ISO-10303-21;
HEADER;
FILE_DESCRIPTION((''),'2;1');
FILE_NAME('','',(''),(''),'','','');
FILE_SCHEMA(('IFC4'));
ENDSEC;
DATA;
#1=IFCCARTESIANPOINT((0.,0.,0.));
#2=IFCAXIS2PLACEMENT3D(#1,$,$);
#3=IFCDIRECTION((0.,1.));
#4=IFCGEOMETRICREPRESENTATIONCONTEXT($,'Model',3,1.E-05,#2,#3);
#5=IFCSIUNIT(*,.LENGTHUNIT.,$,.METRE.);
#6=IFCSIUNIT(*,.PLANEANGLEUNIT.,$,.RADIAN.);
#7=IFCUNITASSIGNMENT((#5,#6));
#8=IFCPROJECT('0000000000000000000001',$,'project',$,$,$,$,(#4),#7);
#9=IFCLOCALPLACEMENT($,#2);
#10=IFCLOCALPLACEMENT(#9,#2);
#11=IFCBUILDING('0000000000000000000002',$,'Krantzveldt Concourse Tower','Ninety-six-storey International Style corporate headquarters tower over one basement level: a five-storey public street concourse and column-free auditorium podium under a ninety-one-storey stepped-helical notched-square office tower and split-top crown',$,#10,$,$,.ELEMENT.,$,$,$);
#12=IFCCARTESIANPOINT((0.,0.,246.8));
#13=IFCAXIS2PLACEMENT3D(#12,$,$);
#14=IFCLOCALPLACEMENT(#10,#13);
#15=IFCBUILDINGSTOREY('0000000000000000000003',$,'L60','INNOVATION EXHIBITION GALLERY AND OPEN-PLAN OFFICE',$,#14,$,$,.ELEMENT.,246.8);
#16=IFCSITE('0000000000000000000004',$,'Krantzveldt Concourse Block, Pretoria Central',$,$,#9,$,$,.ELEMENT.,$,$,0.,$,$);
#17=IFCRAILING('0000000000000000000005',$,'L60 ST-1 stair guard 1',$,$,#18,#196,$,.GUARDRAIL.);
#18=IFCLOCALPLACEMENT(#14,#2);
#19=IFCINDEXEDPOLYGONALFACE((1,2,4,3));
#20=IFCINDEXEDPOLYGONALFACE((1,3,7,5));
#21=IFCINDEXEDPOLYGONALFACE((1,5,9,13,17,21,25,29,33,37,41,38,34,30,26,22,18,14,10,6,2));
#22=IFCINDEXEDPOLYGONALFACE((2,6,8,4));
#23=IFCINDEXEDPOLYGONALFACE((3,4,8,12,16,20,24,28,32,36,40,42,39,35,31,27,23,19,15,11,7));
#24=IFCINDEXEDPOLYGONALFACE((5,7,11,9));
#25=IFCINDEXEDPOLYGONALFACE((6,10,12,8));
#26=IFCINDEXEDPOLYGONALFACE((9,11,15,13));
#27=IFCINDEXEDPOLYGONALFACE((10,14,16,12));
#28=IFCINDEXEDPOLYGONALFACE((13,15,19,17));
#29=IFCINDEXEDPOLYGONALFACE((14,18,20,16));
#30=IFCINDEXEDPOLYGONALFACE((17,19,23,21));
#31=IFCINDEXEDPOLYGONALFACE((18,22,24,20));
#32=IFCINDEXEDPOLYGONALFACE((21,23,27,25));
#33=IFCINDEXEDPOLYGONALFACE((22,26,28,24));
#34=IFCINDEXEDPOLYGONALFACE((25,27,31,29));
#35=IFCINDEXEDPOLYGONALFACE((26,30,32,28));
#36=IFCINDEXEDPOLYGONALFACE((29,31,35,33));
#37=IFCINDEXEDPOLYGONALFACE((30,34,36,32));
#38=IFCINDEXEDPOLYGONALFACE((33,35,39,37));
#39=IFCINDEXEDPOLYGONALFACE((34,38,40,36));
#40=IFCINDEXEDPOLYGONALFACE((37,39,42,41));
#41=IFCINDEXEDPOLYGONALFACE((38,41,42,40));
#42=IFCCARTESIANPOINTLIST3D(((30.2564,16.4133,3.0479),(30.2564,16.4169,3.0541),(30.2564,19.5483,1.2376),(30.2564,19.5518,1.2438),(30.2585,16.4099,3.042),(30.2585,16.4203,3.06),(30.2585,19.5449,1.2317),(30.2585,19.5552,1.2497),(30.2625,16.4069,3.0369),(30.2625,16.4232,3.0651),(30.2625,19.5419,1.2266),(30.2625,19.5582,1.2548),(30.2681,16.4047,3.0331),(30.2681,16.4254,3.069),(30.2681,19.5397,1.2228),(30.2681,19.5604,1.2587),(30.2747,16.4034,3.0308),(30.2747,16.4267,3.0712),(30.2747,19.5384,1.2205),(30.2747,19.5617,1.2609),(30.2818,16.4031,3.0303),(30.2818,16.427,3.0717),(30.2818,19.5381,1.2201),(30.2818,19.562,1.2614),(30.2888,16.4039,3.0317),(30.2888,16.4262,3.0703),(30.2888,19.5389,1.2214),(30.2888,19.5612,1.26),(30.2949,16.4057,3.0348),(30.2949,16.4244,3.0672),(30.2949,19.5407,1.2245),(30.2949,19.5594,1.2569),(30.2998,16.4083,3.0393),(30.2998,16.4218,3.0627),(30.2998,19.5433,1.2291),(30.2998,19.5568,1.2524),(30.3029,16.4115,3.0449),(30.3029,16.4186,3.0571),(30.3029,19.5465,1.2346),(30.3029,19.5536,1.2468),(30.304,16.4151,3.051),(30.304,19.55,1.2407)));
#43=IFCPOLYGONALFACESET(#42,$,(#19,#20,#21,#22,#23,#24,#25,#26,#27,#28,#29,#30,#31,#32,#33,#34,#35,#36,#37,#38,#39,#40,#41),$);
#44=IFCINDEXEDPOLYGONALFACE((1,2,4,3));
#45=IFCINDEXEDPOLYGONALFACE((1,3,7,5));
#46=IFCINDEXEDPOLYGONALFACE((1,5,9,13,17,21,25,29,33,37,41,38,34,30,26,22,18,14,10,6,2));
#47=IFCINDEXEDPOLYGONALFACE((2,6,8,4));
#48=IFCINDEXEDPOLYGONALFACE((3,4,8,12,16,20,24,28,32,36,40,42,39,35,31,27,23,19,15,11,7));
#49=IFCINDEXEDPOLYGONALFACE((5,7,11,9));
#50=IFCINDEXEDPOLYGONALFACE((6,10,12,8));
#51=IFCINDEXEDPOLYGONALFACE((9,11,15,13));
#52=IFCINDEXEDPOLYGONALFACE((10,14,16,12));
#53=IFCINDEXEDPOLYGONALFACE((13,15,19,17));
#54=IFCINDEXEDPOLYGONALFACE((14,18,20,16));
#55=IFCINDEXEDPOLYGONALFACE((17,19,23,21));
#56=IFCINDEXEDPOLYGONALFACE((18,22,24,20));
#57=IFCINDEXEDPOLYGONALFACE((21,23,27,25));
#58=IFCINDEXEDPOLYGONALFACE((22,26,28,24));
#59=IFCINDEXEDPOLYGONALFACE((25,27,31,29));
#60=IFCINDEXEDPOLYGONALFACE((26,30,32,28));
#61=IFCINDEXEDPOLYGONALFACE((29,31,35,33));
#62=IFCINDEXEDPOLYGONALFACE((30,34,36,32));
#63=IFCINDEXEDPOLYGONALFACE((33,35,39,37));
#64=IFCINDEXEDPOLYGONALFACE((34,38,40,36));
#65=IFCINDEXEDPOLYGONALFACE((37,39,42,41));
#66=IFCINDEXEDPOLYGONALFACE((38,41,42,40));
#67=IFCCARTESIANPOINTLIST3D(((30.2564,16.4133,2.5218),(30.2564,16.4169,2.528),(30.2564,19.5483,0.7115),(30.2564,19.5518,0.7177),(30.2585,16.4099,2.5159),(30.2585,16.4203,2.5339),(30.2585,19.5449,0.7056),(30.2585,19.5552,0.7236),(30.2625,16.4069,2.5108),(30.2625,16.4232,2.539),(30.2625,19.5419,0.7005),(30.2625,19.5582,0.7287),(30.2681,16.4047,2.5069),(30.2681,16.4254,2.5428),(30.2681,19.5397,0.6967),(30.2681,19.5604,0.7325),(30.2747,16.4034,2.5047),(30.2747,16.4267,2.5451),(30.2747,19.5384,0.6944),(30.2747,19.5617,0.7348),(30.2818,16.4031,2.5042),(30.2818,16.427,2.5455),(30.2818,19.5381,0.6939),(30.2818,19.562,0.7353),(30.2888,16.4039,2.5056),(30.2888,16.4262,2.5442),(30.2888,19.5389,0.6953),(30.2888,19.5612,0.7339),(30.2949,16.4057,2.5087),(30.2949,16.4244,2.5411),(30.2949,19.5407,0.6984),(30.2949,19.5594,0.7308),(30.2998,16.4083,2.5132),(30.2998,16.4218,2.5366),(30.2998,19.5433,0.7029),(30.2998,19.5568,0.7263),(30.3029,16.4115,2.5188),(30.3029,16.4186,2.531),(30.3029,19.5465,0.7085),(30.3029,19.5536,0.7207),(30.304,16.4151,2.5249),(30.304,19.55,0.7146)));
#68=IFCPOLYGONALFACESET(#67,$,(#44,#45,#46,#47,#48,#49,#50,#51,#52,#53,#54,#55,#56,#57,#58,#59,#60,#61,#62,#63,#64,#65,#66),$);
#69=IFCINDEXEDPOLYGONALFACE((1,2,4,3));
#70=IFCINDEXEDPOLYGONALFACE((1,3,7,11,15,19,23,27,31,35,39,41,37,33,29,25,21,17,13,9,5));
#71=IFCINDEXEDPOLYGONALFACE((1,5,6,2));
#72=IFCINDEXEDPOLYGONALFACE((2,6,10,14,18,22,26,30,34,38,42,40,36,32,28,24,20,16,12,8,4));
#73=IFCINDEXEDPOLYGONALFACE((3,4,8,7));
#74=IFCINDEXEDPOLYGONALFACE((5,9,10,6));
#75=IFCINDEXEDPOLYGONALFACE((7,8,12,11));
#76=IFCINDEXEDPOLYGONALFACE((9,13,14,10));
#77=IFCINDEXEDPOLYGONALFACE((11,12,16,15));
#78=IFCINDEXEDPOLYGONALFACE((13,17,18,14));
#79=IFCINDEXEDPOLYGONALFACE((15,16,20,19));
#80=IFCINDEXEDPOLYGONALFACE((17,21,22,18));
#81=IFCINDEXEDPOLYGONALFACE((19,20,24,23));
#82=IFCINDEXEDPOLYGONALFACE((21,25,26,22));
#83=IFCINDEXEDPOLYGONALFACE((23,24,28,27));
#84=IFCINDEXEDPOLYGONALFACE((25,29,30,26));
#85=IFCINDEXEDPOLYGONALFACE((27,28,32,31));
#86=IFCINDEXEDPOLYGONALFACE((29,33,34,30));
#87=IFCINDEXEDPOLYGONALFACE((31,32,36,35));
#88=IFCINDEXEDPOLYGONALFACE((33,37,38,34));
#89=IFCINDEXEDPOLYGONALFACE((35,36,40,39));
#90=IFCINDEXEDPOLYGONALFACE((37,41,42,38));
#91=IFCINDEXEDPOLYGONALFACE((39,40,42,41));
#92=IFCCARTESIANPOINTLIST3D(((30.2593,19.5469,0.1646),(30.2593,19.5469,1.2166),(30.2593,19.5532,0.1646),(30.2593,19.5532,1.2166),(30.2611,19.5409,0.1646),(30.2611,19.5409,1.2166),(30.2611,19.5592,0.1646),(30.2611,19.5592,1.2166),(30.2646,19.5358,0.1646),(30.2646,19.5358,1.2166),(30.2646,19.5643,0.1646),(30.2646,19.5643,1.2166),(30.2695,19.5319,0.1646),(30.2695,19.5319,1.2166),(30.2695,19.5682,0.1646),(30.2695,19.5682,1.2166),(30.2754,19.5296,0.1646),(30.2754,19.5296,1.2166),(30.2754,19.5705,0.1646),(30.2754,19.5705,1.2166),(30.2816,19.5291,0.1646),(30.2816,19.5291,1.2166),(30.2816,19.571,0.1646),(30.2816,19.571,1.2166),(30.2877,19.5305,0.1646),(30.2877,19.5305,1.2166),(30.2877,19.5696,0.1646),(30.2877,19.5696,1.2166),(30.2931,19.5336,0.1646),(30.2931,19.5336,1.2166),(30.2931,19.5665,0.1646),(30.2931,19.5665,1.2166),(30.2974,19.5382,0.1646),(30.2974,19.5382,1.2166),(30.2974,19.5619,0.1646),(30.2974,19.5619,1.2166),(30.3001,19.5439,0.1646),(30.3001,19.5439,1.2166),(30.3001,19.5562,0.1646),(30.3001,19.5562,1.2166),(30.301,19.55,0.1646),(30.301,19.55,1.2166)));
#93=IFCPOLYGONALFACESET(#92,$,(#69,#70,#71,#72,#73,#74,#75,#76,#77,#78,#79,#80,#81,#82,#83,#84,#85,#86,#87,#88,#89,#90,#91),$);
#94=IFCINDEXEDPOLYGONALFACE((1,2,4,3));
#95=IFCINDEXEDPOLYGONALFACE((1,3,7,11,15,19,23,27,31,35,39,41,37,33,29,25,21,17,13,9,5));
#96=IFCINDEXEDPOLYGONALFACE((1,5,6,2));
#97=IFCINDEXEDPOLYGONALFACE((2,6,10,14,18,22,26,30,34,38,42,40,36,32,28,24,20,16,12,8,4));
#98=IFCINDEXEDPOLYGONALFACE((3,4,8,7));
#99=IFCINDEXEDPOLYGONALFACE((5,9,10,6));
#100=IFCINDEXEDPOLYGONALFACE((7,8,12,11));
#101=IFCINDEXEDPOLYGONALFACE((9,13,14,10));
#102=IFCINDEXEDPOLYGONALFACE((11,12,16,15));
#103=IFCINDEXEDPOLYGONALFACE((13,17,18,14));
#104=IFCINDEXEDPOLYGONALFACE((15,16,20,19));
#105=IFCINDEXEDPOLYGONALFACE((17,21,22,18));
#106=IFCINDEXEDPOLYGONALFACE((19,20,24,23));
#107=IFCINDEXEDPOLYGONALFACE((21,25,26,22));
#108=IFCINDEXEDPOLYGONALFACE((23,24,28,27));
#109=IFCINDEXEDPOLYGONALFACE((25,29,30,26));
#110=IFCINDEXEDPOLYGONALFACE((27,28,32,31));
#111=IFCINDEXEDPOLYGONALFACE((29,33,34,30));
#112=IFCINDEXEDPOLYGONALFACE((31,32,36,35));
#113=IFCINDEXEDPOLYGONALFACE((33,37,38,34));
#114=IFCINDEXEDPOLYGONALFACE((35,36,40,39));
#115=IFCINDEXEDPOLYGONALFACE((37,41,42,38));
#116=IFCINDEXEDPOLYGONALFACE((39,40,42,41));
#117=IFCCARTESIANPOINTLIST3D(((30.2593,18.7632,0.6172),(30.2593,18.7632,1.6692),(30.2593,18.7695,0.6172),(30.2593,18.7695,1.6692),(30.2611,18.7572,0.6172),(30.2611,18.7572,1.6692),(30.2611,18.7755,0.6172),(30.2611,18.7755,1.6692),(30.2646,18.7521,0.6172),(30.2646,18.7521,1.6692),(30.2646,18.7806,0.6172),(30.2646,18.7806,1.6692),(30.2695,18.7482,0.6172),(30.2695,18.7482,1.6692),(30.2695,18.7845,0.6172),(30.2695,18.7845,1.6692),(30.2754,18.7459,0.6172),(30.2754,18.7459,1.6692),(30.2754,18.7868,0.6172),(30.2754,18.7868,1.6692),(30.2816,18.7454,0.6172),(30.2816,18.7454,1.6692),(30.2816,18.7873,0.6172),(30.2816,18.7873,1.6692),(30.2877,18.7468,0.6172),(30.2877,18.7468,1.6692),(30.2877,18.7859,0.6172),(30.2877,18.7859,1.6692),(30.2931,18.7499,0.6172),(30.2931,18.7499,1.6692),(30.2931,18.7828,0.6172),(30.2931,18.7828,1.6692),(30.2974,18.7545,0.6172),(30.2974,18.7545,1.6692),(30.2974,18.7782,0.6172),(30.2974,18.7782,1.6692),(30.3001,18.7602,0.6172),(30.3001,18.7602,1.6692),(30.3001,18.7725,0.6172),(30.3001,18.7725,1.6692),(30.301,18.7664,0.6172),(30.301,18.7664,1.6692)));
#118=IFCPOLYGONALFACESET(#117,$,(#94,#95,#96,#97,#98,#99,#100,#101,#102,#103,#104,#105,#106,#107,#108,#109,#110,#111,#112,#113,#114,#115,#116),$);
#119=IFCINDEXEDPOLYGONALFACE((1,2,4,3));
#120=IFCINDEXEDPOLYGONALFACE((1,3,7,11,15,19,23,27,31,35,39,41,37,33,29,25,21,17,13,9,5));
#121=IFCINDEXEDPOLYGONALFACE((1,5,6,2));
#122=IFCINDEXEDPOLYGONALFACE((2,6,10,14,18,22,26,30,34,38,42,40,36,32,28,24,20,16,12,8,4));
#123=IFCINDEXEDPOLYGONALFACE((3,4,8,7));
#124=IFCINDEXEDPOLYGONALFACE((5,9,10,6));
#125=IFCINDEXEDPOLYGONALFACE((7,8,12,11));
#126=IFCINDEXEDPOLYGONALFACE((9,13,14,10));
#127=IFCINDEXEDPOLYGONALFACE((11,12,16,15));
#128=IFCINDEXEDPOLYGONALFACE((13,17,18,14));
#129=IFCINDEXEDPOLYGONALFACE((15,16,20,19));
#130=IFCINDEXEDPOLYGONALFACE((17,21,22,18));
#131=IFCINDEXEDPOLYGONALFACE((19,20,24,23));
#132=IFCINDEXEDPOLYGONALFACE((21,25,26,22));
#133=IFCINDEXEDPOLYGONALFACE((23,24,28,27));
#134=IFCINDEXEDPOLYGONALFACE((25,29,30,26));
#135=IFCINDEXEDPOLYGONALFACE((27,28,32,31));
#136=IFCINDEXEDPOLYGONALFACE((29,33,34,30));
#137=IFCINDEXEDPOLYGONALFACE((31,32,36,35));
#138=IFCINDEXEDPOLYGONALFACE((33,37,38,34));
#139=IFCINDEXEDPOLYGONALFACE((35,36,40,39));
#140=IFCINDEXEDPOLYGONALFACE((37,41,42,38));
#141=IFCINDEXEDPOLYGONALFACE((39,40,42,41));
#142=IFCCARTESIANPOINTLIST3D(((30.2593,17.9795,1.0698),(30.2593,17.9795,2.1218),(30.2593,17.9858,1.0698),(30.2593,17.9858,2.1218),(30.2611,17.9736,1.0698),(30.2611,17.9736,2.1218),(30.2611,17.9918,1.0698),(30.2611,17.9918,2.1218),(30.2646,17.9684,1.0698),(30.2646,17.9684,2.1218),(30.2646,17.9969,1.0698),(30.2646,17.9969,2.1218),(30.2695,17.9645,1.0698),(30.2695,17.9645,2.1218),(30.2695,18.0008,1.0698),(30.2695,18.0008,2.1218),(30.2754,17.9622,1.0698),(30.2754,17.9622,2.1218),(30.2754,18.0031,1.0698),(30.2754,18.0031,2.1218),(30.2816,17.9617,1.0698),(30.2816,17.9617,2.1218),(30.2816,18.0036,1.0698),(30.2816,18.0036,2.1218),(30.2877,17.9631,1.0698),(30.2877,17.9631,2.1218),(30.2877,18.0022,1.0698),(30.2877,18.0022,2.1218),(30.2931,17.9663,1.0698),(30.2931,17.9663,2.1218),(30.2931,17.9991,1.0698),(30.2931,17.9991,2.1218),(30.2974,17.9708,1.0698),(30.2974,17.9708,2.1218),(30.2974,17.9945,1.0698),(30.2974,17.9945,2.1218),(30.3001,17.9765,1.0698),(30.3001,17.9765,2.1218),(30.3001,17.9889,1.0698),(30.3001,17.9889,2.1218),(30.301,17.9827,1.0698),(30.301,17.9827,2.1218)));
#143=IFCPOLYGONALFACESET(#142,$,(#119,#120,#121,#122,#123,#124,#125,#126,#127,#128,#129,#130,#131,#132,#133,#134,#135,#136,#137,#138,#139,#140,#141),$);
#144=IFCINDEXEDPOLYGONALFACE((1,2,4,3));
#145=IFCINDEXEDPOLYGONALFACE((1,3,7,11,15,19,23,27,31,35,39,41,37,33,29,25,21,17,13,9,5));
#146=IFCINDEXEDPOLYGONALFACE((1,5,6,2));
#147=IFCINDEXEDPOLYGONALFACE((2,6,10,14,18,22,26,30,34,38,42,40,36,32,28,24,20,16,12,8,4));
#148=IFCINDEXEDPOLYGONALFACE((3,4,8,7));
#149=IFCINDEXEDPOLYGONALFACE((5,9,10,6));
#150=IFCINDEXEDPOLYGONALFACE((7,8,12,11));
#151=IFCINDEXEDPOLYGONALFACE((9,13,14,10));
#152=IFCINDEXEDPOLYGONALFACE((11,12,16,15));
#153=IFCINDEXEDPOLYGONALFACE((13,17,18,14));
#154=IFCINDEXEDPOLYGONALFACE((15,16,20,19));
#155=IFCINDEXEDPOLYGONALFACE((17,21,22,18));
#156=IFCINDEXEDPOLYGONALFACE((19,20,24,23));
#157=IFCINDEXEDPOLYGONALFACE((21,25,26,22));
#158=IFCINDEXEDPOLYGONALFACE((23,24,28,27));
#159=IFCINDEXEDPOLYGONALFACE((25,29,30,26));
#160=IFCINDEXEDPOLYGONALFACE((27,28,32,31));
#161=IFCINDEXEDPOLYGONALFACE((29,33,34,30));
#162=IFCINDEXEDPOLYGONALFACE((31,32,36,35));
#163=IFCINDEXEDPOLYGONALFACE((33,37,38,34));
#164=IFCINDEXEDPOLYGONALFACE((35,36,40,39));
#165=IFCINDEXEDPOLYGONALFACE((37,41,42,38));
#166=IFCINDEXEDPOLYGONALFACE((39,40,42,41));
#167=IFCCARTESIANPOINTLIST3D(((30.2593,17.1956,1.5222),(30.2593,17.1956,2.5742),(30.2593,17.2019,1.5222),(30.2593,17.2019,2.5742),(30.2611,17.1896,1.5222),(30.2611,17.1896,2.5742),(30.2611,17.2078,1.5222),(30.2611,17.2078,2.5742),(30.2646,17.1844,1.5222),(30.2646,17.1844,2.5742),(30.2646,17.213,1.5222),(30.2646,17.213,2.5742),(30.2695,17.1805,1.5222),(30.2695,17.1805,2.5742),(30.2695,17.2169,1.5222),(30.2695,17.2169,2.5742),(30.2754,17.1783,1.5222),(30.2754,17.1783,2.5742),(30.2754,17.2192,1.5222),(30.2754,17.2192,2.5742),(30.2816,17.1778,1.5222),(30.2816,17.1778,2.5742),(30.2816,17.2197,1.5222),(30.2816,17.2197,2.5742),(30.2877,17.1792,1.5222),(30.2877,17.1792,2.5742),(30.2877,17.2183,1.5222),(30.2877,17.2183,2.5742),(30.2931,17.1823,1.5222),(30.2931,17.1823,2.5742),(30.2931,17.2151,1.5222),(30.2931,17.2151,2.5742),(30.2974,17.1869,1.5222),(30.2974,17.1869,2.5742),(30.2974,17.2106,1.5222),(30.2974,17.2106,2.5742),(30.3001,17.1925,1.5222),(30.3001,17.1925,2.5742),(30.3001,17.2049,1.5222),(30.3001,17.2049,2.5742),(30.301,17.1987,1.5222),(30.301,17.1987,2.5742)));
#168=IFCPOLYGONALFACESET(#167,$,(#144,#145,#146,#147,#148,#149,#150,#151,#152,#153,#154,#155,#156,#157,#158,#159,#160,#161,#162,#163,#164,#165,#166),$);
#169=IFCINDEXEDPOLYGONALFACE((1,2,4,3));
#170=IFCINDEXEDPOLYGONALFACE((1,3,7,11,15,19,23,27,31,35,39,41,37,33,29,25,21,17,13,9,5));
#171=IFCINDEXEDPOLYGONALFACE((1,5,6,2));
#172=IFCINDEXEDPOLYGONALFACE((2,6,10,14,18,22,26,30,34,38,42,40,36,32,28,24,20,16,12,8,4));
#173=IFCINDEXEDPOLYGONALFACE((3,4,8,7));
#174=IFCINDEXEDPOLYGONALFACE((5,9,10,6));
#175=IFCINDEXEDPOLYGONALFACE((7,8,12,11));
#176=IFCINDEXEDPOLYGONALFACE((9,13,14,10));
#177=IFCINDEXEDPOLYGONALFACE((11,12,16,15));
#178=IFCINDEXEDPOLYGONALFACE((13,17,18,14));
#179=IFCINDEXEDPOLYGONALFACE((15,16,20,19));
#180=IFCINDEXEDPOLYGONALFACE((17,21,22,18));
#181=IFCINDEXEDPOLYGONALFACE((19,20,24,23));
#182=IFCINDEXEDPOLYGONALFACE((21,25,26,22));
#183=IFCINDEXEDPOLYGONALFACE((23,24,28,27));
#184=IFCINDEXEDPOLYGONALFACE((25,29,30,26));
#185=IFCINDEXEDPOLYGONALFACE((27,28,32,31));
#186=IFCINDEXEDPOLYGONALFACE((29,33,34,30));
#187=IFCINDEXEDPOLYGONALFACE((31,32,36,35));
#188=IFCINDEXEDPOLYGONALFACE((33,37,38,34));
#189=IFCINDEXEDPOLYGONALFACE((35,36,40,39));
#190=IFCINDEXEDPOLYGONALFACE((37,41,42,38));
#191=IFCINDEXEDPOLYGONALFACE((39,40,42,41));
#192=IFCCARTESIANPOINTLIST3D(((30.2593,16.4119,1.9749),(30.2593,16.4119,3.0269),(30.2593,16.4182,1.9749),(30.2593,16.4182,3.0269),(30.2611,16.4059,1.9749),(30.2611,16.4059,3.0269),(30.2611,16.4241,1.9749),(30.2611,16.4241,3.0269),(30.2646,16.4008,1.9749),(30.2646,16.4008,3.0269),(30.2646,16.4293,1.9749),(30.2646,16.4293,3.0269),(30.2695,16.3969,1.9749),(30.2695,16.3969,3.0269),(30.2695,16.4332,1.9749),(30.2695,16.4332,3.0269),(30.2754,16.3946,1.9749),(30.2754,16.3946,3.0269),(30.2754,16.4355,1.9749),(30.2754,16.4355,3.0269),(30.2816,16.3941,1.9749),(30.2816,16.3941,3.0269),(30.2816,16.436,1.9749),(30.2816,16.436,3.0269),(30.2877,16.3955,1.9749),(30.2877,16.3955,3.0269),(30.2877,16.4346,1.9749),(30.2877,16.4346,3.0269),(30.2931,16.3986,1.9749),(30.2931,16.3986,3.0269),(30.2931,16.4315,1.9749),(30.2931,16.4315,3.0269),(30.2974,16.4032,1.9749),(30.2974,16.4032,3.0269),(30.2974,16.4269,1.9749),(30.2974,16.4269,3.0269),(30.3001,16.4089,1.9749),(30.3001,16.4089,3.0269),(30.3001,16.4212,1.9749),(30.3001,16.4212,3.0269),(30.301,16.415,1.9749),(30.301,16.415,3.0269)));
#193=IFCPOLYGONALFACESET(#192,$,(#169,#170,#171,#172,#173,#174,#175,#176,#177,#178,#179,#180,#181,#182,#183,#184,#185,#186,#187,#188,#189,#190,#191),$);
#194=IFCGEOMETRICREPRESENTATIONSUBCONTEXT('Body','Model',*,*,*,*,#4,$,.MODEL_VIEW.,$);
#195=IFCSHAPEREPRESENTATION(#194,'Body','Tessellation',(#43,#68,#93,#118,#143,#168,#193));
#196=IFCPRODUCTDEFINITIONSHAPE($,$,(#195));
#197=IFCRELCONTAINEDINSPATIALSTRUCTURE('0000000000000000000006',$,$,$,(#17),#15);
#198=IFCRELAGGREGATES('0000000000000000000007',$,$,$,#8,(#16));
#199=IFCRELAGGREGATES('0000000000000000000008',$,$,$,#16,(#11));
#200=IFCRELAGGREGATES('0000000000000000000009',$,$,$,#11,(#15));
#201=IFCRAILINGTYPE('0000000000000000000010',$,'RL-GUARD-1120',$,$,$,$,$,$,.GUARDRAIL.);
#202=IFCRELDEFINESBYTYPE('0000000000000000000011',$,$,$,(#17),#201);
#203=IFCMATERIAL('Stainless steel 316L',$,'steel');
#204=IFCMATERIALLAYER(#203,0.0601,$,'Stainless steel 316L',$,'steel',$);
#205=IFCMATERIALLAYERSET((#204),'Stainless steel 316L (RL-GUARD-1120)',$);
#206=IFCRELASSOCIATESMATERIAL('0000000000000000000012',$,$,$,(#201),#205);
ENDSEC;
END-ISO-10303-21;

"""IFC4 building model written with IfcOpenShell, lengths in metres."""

from ifc_helpers import new_model, si_unit, direction, frame, origin, origin_2d, place, context, subcontext, project, spatial, circle, extrude, material, layer, layer_set, type_object, element, save


model = new_model("IFC4")

# Units and contexts
model_context = context("Model", 3, precision=1e-05, world=origin(), true_north=direction((0.0, 1.0)))
body_context = subcontext(model_context, "Body", "Model", "MODEL_VIEW")
ifc_project = project(units=[si_unit("LENGTHUNIT", "METRE"), si_unit("PLANEANGLEUNIT", "RADIAN")], contexts=[model_context])

# Site, building, storey
site_placement = place(None, origin())
site = spatial("IfcSite", under=ifc_project, at=site_placement, Name="Krantzveldt Concourse Block, Pretoria Central", CompositionType="ELEMENT", RefElevation=0.0)
building_placement = place(site_placement, origin())
building = spatial("IfcBuilding", under=site, at=building_placement, Name="Krantzveldt Concourse Tower", Description="Ninety-six-storey International Style corporate headquarters tower over one basement level: a five-storey public street concourse and column-free auditorium podium under a ninety-one-storey stepped-helical notched-square office tower and split-top crown", CompositionType="ELEMENT")
storey_placement = place(building_placement, frame((0.0, 0.0, 246.8)))
storey = spatial("IfcBuildingStorey", under=building, at=storey_placement, Name="L60", Description="INNOVATION EXHIBITION GALLERY AND OPEN-PLAN OFFICE", CompositionType="ELEMENT", Elevation=246.8)

# Shared definitions
ifc_material_1 = material(Name="Stainless steel 316L", Category="steel")

# Railing
ifc_layer_1 = layer(ifc_material_1, 0.0601, Name="Stainless steel 316L", Category="steel")
ifc_layer_set_1 = layer_set([ifc_layer_1], Name="Stainless steel 316L (RL-GUARD-1120)")
railing_type_1 = type_object("IfcRailingType", Name="RL-GUARD-1120", PredefinedType="GUARDRAIL", material=ifc_layer_set_1)
railing_1_placement = place(storey_placement, frame((30.28, 19.55, 0.1646)))
element("IfcRailing", 1, at=railing_1_placement, inside=storey, type_object=railing_type_1, Name="L60 ST-1 stair guard 1", PredefinedType="GUARDRAIL", context=body_context, shape_type="SweptSolid", body=[
    extrude(circle(Radius=0.0239, at=origin_2d()), frame((0.0, 0.0, 1.0762), z_axis=(0.0, -0.865989, 0.500063), x_axis=(1.0, 0.0, 0.0)), (0.0, 0.0, 1.0), 3.6201),
    extrude(circle(Radius=0.0239, at=origin_2d()), frame((0.0, 0.0, 0.55), z_axis=(0.0, -0.865989, 0.500063), x_axis=(1.0, 0.0, 0.0)), (0.0, 0.0, 1.0), 3.6201),
    extrude(circle(Radius=0.021, at=origin_2d()), origin(), (0.0, 0.0, 1.0), 1.052),
    extrude(circle(Radius=0.021, at=origin_2d()), frame((0.0, -0.7837, 0.4526)), (0.0, 0.0, 1.0), 1.052),
    extrude(circle(Radius=0.021, at=origin_2d()), frame((0.0, -1.5674, 0.9053)), (0.0, 0.0, 1.0), 1.052),
    extrude(circle(Radius=0.021, at=origin_2d()), frame((0.0, -2.3513, 1.3577)), (0.0, 0.0, 1.0), 1.052),
    extrude(circle(Radius=0.021, at=origin_2d()), frame((0.0, -3.135, 1.8103)), (0.0, 0.0, 1.0), 1.052),
])

save(model, "model.ifc")
